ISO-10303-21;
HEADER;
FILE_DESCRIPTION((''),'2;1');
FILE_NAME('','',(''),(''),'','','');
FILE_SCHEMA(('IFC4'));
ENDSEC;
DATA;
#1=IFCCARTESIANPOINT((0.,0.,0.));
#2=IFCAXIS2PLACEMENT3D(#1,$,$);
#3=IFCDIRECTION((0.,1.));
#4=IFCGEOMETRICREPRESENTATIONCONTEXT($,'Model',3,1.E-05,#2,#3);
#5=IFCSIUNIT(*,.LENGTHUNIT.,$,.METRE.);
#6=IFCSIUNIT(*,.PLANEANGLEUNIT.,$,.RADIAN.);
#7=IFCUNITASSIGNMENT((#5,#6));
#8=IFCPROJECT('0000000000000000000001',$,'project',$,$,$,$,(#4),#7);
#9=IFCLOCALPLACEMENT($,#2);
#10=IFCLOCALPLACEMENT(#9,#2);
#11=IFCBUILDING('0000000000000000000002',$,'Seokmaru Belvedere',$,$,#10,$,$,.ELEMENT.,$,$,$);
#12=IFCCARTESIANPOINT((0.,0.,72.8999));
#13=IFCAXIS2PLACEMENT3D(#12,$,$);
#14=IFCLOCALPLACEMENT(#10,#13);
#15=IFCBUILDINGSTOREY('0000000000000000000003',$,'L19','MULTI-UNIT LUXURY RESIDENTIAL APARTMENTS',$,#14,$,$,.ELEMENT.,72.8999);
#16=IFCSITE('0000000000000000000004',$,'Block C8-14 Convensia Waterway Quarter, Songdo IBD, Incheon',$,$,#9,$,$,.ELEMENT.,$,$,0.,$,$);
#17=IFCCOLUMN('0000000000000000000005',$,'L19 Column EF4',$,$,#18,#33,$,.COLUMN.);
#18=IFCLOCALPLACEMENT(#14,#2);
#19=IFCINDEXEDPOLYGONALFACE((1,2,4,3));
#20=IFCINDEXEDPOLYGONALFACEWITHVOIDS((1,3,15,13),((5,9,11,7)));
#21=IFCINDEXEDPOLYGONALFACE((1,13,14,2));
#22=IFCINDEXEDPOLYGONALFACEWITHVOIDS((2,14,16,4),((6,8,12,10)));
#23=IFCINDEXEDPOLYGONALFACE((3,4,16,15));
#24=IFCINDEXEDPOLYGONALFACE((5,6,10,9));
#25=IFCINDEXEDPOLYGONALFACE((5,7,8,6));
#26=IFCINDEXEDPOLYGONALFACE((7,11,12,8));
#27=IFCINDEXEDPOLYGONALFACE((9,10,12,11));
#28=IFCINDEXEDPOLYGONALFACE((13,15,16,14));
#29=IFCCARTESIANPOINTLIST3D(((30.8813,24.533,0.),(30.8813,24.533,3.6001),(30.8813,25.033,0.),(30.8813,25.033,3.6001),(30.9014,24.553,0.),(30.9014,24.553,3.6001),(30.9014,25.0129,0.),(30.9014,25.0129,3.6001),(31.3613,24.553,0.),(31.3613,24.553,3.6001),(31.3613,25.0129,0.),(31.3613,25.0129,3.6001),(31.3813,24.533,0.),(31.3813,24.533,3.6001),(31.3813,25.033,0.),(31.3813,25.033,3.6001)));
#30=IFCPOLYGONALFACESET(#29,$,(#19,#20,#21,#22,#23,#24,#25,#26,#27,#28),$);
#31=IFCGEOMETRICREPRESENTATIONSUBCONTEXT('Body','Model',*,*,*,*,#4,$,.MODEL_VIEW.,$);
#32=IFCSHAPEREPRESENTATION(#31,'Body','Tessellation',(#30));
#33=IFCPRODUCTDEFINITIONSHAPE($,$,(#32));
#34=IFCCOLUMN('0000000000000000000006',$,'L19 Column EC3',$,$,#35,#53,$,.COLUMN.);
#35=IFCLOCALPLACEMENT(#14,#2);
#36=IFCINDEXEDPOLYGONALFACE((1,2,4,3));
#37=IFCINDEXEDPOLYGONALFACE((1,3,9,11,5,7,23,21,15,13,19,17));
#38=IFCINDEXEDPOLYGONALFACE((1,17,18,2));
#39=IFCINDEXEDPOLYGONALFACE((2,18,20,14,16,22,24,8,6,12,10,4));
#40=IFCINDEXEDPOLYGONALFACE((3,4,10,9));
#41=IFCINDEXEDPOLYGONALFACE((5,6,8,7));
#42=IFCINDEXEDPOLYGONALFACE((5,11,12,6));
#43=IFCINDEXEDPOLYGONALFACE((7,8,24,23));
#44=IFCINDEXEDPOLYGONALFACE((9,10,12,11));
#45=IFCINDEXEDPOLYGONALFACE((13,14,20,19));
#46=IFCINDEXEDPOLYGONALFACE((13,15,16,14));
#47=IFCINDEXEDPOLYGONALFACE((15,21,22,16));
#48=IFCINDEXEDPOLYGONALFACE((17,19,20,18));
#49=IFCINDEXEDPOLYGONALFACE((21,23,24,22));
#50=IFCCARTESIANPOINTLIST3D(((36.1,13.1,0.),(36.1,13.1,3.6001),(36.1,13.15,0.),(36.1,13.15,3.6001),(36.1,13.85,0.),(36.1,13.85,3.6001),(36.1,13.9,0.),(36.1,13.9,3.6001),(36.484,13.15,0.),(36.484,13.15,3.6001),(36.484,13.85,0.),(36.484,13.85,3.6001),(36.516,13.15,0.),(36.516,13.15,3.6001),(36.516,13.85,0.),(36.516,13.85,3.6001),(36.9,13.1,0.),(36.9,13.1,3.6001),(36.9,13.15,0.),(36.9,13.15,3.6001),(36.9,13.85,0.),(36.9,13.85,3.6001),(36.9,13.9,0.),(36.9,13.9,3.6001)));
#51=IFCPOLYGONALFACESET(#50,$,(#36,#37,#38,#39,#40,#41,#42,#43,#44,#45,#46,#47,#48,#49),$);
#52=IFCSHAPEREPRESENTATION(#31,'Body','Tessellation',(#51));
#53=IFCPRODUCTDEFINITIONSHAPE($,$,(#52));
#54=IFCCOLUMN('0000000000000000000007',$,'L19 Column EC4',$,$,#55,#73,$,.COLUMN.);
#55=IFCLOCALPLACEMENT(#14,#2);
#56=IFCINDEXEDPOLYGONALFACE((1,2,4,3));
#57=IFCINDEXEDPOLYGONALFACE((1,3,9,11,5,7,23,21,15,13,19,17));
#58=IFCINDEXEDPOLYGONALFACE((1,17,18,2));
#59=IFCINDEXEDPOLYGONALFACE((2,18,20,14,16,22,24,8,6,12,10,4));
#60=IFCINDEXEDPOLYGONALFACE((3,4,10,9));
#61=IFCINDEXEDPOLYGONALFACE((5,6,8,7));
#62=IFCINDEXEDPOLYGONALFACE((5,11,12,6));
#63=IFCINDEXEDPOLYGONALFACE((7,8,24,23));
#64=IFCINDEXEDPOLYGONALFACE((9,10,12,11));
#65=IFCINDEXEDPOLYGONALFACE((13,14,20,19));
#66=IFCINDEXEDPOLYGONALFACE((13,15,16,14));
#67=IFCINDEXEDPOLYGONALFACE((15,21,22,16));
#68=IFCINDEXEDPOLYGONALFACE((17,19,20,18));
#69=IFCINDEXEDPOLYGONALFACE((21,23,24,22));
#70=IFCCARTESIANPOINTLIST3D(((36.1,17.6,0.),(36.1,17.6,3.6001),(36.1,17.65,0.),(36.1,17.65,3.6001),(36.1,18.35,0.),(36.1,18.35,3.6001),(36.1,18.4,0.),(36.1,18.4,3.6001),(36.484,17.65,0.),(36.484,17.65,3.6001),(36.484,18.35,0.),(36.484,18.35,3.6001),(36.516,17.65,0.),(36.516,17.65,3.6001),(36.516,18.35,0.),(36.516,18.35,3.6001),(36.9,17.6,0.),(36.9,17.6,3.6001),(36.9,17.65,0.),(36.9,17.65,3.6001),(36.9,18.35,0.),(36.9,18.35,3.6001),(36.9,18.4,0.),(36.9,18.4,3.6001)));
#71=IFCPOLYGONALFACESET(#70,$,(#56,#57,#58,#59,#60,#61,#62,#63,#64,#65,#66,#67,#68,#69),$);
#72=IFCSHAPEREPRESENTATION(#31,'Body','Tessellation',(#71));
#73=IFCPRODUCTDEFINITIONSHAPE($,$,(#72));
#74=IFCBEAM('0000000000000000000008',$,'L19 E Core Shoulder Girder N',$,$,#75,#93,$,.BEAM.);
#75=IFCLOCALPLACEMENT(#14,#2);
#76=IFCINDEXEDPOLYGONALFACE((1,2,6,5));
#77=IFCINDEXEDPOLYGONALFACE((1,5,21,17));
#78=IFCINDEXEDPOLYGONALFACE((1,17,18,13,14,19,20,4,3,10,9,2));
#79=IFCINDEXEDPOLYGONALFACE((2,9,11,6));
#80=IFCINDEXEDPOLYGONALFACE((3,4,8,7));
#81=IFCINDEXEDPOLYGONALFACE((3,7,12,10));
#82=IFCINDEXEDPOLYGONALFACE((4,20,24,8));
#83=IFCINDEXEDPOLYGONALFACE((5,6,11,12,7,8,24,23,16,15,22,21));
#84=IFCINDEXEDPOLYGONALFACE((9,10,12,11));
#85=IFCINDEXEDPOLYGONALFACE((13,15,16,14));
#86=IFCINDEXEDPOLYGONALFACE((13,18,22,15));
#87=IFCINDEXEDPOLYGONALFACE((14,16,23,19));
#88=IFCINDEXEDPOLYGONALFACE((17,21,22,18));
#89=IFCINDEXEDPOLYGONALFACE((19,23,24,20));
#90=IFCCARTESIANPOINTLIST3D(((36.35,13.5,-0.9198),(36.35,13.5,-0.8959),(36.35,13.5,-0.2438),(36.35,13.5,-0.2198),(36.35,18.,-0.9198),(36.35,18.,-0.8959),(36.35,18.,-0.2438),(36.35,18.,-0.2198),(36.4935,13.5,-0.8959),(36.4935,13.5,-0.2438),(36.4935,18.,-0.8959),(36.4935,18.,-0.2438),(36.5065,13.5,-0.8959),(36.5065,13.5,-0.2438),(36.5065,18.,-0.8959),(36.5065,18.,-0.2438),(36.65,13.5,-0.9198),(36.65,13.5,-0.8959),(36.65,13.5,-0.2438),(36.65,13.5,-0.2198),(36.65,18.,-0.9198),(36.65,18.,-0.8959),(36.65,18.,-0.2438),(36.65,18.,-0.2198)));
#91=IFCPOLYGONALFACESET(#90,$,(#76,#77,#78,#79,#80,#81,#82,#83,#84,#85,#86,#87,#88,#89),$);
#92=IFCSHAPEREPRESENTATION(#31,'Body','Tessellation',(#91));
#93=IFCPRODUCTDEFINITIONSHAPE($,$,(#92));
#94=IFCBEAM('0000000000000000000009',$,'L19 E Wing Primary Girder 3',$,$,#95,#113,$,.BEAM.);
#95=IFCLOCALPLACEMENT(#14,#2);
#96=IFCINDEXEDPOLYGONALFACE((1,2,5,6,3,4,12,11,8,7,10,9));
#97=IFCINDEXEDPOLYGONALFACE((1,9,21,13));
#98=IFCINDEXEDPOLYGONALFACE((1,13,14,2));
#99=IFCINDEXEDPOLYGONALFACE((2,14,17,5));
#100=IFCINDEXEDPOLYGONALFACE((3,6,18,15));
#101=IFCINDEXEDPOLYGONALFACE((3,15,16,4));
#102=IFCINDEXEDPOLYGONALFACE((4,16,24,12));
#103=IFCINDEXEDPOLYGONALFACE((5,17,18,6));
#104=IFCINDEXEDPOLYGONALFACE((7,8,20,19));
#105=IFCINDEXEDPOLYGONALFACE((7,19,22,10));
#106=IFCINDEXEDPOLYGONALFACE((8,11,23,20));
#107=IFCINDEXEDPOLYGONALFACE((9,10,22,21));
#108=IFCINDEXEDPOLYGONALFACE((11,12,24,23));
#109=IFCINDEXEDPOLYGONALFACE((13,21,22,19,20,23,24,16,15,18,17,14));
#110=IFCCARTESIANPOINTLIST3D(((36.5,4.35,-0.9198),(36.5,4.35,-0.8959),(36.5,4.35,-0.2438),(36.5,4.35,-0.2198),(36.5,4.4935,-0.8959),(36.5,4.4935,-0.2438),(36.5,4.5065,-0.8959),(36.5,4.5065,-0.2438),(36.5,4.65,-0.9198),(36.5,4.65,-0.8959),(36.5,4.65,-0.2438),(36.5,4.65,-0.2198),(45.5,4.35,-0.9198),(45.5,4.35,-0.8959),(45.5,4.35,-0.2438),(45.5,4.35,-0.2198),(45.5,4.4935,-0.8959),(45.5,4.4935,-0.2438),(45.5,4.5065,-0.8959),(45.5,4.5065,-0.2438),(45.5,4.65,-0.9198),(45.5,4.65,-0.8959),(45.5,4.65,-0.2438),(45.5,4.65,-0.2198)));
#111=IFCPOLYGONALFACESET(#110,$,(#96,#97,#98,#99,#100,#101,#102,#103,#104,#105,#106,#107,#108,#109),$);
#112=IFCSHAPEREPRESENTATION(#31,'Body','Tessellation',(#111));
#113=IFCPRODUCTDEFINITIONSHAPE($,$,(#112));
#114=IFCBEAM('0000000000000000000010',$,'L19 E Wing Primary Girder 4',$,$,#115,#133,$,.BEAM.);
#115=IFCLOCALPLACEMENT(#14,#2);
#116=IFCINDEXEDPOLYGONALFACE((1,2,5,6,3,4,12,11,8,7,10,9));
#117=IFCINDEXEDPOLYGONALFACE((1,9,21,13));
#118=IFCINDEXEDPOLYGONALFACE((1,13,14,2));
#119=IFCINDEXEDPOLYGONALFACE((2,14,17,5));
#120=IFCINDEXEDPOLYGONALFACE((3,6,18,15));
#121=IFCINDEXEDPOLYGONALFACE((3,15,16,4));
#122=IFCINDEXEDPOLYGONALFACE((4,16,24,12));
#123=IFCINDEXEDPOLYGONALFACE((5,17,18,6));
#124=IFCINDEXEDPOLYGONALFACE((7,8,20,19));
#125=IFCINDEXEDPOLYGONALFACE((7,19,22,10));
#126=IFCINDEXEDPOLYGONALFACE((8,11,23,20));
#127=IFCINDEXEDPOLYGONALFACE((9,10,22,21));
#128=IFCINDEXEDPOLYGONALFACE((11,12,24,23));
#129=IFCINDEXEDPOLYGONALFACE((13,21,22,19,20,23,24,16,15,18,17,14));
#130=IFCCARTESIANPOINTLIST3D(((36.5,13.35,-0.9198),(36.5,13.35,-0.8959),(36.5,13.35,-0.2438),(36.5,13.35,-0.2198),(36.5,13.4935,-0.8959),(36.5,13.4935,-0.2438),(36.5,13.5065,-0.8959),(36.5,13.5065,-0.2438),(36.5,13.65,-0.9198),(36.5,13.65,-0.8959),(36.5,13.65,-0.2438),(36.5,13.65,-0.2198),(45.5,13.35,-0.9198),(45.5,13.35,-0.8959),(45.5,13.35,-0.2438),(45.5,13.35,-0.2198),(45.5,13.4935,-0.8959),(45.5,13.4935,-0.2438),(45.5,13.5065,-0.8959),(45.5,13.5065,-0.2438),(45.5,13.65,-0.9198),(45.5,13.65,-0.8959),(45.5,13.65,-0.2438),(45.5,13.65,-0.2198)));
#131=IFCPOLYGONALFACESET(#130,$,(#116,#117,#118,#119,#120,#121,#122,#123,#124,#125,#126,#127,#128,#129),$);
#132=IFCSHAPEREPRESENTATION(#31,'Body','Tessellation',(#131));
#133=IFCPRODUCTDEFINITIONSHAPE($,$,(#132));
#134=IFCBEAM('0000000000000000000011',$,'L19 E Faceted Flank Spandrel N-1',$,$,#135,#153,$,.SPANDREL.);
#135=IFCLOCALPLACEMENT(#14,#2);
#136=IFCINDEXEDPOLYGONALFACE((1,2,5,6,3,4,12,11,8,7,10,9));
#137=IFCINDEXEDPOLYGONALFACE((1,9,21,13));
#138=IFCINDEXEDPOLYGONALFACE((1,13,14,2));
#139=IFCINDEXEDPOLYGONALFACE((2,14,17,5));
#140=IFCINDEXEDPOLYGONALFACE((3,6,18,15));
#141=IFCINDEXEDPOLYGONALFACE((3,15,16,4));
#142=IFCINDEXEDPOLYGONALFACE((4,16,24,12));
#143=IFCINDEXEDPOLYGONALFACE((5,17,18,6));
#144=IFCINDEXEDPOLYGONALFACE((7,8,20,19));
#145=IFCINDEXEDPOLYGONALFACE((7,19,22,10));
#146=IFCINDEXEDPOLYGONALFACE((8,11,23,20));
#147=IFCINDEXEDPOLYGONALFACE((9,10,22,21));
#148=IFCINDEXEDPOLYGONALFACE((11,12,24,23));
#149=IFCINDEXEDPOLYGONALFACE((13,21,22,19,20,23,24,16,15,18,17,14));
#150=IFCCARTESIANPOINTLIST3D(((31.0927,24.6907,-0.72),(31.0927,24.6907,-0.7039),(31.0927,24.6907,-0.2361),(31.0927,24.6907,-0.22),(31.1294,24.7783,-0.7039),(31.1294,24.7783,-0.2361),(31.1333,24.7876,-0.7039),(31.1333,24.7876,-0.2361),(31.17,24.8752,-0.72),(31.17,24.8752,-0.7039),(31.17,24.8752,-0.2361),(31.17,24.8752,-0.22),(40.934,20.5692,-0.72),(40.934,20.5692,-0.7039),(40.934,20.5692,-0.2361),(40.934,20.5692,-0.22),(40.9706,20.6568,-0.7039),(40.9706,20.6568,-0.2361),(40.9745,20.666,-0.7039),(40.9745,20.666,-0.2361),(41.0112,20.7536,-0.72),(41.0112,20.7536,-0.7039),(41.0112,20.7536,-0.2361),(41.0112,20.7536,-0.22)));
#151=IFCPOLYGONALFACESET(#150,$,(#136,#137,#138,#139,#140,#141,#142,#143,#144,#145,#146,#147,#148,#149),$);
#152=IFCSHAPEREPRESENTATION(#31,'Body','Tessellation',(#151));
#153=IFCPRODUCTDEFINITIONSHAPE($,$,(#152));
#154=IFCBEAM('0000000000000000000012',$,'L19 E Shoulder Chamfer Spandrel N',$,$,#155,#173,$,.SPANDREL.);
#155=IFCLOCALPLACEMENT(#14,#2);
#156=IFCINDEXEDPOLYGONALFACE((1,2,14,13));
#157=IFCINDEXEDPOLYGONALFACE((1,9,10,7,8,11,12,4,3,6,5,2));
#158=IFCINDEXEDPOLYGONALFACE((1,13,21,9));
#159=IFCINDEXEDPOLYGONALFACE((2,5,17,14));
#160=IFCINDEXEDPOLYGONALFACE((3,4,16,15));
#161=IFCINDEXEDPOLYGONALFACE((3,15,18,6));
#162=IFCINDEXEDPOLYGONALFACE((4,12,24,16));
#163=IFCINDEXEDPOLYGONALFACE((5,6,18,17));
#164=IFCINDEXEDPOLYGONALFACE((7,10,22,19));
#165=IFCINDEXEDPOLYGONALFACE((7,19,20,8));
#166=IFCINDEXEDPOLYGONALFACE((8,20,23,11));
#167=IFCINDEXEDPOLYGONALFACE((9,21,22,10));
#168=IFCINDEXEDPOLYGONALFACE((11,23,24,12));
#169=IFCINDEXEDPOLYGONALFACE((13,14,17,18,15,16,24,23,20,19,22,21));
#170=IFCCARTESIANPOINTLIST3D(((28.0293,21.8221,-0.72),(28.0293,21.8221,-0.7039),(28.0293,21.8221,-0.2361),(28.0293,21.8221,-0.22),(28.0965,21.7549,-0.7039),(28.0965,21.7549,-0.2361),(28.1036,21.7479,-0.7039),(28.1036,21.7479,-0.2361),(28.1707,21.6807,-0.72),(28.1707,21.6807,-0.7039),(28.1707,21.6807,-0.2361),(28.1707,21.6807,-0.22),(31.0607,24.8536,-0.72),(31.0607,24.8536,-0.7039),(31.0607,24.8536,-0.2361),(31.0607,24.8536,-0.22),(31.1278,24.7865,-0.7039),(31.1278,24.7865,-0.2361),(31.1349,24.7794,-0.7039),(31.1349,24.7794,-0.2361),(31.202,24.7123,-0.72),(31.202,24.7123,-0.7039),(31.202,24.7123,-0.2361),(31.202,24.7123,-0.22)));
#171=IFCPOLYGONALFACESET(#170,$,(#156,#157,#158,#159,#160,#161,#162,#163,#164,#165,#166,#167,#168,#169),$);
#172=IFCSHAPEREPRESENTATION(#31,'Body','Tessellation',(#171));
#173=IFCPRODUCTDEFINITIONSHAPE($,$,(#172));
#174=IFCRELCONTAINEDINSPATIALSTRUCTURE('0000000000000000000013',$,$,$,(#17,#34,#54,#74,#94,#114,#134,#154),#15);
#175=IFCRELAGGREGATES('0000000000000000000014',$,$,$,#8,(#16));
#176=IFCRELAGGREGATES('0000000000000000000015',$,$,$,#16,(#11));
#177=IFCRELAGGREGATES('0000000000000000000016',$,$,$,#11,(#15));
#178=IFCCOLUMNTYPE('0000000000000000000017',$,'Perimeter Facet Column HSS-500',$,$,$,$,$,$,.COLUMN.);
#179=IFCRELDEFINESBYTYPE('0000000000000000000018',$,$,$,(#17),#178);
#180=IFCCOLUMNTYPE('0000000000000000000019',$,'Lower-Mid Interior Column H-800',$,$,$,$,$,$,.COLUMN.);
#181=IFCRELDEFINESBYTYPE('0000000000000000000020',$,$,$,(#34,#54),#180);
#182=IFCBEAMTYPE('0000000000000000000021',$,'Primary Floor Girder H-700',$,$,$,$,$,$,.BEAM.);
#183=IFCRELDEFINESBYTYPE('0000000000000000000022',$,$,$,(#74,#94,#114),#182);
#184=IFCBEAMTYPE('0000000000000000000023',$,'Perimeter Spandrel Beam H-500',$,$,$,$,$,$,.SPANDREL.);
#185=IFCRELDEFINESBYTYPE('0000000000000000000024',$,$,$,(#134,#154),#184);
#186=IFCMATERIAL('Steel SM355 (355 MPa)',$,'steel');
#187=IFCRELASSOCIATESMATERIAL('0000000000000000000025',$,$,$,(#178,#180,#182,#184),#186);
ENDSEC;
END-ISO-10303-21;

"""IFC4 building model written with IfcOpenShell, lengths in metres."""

from ifc_helpers import new_model, si_unit, direction, frame, origin, origin_2d, place, context, subcontext, project, spatial, hollow_rectangle, i_section, extrude, source, transform, mapped, material, material_profile, profile_set, type_object, type_shapes, element, save


model = new_model("IFC4")

# Units and contexts
model_context = context("Model", 3, precision=1e-05, world=origin(), true_north=direction((0.0, 1.0)))
body_context = subcontext(model_context, "Body", "Model", "MODEL_VIEW")
ifc_project = project(units=[si_unit("LENGTHUNIT", "METRE"), si_unit("PLANEANGLEUNIT", "RADIAN")], contexts=[model_context])

# Site, building, storey
site_placement = place(None, origin())
site = spatial("IfcSite", under=ifc_project, at=site_placement, Name="Block C8-14 Convensia Waterway Quarter, Songdo IBD, Incheon", CompositionType="ELEMENT", RefElevation=0.0)
building_placement = place(site_placement, origin())
building = spatial("IfcBuilding", under=site, at=building_placement, Name="Seokmaru Belvedere", CompositionType="ELEMENT")
storey_placement = place(building_placement, frame((0.0, 0.0, 72.8999)))
storey = spatial("IfcBuildingStorey", under=building, at=storey_placement, Name="L19", Description="MULTI-UNIT LUXURY RESIDENTIAL APARTMENTS", CompositionType="ELEMENT", Elevation=72.8999)

# Columns
ifc_material_1 = material(Name="Steel SM355 (355 MPa)", Category="steel")
ifc_material_profile_1 = material_profile(ifc_material_1, hollow_rectangle(XDim=0.5, YDim=0.5, WallThickness=0.02, at=origin_2d()), Name="HSS-500x500x20")
ifc_profile_set_1 = profile_set([ifc_material_profile_1], Name="Steel SM355 (355 MPa)")
column_type_1 = type_object("IfcColumnType", Name="Perimeter Facet Column HSS-500", PredefinedType="COLUMN", material=ifc_profile_set_1)
shared_shape_1 = source(origin(), body_context, "Body", "SweptSolid", [
    extrude(hollow_rectangle(XDim=0.5, YDim=0.5, WallThickness=0.02, at=origin_2d()), origin(), (0.0, 0.0, 1.0), 3.6001),
])
type_shapes(column_type_1, [shared_shape_1])
column_placement = place(storey_placement, frame((31.1313, 24.783, 0.0), z_axis=(0.0, 0.0, 1.0), x_axis=(1.0, 0.0, 0.0)))
element("IfcColumn", 1, at=column_placement, inside=storey, type_object=column_type_1, Name="L19 Column EF4", PredefinedType="COLUMN", context=body_context, shape_type="MappedRepresentation", body=[
    mapped(shared_shape_1, transform((0.0, 0.0, 0.0), scale=1.0)),
])
ifc_material_profile_2 = material_profile(ifc_material_1, i_section(OverallWidth=0.8, OverallDepth=0.8, WebThickness=0.032, FlangeThickness=0.05, at=origin_2d()), Name="H-800x800x32x50")
ifc_profile_set_2 = profile_set([ifc_material_profile_2], Name="Steel SM355 (355 MPa)")
column_type_2 = type_object("IfcColumnType", Name="Lower-Mid Interior Column H-800", PredefinedType="COLUMN", material=ifc_profile_set_2)
shared_shape_2 = source(origin(), body_context, "Body", "SweptSolid", [
    extrude(i_section(OverallWidth=0.8, OverallDepth=0.8, WebThickness=0.032, FlangeThickness=0.05, at=origin_2d()), origin(), (0.0, 0.0, 1.0), 3.6001),
])
type_shapes(column_type_2, [shared_shape_2])
for number, where, z_axis, x_axis, name in (
    (2, (36.5, 13.5, 0.0), (0.0, 0.0, 1.0), (1.0, 0.0, 0.0), "L19 Column EC3"),
    (3, (36.5, 18.0, 0.0), (0.0, 0.0, 1.0), (1.0, 0.0, 0.0), "L19 Column EC4"),
):
    element("IfcColumn", number, at=place(storey_placement, frame(where, z_axis=z_axis, x_axis=x_axis)), inside=storey, type_object=column_type_2, Name=name, PredefinedType="COLUMN", context=body_context, shape_type="MappedRepresentation", body=[
        mapped(shared_shape_2, transform((0.0, 0.0, 0.0), scale=1.0)),
    ])

# Beams
ifc_material_profile_3 = material_profile(ifc_material_1, i_section(OverallWidth=0.3, OverallDepth=0.7, WebThickness=0.0129, FlangeThickness=0.0239, at=origin_2d()), Name="H-700x300x13x24")
ifc_profile_set_3 = profile_set([ifc_material_profile_3], Name="Steel SM355 (355 MPa)")
beam_type_1 = type_object("IfcBeamType", Name="Primary Floor Girder H-700", PredefinedType="BEAM", material=ifc_profile_set_3)
shared_shape_3 = source(origin(), body_context, "Body", "SweptSolid", [
    extrude(i_section(OverallWidth=0.3, OverallDepth=0.7, WebThickness=0.0129, FlangeThickness=0.0239, at=origin_2d()), origin(), (0.0, 0.0, 1.0), 4.5),
])
beam_1_placement = place(storey_placement, frame((36.5, 13.5, -0.5698), z_axis=(0.0, 1.0, 0.0), x_axis=(-1.0, 0.0, 0.0)))
element("IfcBeam", 4, at=beam_1_placement, inside=storey, type_object=beam_type_1, Name="L19 E Core Shoulder Girder N", PredefinedType="BEAM", context=body_context, shape_type="MappedRepresentation", body=[
    mapped(shared_shape_3, transform((0.0, 0.0, 0.0), scale=1.0)),
])
shared_shape_4 = source(origin(), body_context, "Body", "SweptSolid", [
    extrude(i_section(OverallWidth=0.3, OverallDepth=0.7, WebThickness=0.0129, FlangeThickness=0.0239, at=origin_2d()), origin(), (0.0, 0.0, 1.0), 9.0),
])
type_shapes(beam_type_1, [shared_shape_3, shared_shape_4])
for number, where, z_axis, x_axis, name in (
    (5, (36.5, 4.5, -0.5698), (1.0, 0.0, 0.0), (0.0, 1.0, 0.0), "L19 E Wing Primary Girder 3"),
    (6, (36.5, 13.5, -0.5698), (1.0, 0.0, 0.0), (0.0, 1.0, 0.0), "L19 E Wing Primary Girder 4"),
):
    element("IfcBeam", number, at=place(storey_placement, frame(where, z_axis=z_axis, x_axis=x_axis)), inside=storey, type_object=beam_type_1, Name=name, PredefinedType="BEAM", context=body_context, shape_type="MappedRepresentation", body=[
        mapped(shared_shape_4, transform((0.0, 0.0, 0.0), scale=1.0)),
    ])
ifc_material_profile_4 = material_profile(ifc_material_1, i_section(OverallWidth=0.2, OverallDepth=0.5, WebThickness=0.01, FlangeThickness=0.0161, at=origin_2d()), Name="H-500x200x10x16")
ifc_profile_set_4 = profile_set([ifc_material_profile_4], Name="Steel SM355 (355 MPa)")
beam_type_2 = type_object("IfcBeamType", Name="Perimeter Spandrel Beam H-500", PredefinedType="SPANDREL", material=ifc_profile_set_4)
shared_shape_5 = source(origin(), body_context, "Body", "SweptSolid", [
    extrude(i_section(OverallWidth=0.2, OverallDepth=0.5, WebThickness=0.01, FlangeThickness=0.0161, at=origin_2d()), origin(), (0.0, 0.0, 1.0), 10.6694),
])
beam_2_placement = place(storey_placement, frame((31.1313, 24.783, -0.47), z_axis=(0.922375, -0.386295, 0.0), x_axis=(0.386295, 0.922375, 0.0)))
element("IfcBeam", 7, at=beam_2_placement, inside=storey, type_object=beam_type_2, Name="L19 E Faceted Flank Spandrel N-1", PredefinedType="SPANDREL", context=body_context, shape_type="MappedRepresentation", body=[
    mapped(shared_shape_5, transform((0.0, 0.0, 0.0), scale=1.0)),
])
shared_shape_6 = source(origin(), body_context, "Body", "SweptSolid", [
    extrude(i_section(OverallWidth=0.2, OverallDepth=0.5, WebThickness=0.01, FlangeThickness=0.0161, at=origin_2d()), origin(), (0.0, 0.0, 1.0), 4.2871),
])
type_shapes(beam_type_2, [shared_shape_5, shared_shape_6])
beam_3_placement = place(storey_placement, frame((31.1313, 24.783, -0.47), z_axis=(-0.707078, -0.707135, 0.0), x_axis=(0.707135, -0.707078, 0.0)))
element("IfcBeam", 8, at=beam_3_placement, inside=storey, type_object=beam_type_2, Name="L19 E Shoulder Chamfer Spandrel N", PredefinedType="SPANDREL", context=body_context, shape_type="MappedRepresentation", body=[
    mapped(shared_shape_6, transform((0.0, 0.0, 0.0), scale=1.0)),
])

save(model, "model.ifc")
